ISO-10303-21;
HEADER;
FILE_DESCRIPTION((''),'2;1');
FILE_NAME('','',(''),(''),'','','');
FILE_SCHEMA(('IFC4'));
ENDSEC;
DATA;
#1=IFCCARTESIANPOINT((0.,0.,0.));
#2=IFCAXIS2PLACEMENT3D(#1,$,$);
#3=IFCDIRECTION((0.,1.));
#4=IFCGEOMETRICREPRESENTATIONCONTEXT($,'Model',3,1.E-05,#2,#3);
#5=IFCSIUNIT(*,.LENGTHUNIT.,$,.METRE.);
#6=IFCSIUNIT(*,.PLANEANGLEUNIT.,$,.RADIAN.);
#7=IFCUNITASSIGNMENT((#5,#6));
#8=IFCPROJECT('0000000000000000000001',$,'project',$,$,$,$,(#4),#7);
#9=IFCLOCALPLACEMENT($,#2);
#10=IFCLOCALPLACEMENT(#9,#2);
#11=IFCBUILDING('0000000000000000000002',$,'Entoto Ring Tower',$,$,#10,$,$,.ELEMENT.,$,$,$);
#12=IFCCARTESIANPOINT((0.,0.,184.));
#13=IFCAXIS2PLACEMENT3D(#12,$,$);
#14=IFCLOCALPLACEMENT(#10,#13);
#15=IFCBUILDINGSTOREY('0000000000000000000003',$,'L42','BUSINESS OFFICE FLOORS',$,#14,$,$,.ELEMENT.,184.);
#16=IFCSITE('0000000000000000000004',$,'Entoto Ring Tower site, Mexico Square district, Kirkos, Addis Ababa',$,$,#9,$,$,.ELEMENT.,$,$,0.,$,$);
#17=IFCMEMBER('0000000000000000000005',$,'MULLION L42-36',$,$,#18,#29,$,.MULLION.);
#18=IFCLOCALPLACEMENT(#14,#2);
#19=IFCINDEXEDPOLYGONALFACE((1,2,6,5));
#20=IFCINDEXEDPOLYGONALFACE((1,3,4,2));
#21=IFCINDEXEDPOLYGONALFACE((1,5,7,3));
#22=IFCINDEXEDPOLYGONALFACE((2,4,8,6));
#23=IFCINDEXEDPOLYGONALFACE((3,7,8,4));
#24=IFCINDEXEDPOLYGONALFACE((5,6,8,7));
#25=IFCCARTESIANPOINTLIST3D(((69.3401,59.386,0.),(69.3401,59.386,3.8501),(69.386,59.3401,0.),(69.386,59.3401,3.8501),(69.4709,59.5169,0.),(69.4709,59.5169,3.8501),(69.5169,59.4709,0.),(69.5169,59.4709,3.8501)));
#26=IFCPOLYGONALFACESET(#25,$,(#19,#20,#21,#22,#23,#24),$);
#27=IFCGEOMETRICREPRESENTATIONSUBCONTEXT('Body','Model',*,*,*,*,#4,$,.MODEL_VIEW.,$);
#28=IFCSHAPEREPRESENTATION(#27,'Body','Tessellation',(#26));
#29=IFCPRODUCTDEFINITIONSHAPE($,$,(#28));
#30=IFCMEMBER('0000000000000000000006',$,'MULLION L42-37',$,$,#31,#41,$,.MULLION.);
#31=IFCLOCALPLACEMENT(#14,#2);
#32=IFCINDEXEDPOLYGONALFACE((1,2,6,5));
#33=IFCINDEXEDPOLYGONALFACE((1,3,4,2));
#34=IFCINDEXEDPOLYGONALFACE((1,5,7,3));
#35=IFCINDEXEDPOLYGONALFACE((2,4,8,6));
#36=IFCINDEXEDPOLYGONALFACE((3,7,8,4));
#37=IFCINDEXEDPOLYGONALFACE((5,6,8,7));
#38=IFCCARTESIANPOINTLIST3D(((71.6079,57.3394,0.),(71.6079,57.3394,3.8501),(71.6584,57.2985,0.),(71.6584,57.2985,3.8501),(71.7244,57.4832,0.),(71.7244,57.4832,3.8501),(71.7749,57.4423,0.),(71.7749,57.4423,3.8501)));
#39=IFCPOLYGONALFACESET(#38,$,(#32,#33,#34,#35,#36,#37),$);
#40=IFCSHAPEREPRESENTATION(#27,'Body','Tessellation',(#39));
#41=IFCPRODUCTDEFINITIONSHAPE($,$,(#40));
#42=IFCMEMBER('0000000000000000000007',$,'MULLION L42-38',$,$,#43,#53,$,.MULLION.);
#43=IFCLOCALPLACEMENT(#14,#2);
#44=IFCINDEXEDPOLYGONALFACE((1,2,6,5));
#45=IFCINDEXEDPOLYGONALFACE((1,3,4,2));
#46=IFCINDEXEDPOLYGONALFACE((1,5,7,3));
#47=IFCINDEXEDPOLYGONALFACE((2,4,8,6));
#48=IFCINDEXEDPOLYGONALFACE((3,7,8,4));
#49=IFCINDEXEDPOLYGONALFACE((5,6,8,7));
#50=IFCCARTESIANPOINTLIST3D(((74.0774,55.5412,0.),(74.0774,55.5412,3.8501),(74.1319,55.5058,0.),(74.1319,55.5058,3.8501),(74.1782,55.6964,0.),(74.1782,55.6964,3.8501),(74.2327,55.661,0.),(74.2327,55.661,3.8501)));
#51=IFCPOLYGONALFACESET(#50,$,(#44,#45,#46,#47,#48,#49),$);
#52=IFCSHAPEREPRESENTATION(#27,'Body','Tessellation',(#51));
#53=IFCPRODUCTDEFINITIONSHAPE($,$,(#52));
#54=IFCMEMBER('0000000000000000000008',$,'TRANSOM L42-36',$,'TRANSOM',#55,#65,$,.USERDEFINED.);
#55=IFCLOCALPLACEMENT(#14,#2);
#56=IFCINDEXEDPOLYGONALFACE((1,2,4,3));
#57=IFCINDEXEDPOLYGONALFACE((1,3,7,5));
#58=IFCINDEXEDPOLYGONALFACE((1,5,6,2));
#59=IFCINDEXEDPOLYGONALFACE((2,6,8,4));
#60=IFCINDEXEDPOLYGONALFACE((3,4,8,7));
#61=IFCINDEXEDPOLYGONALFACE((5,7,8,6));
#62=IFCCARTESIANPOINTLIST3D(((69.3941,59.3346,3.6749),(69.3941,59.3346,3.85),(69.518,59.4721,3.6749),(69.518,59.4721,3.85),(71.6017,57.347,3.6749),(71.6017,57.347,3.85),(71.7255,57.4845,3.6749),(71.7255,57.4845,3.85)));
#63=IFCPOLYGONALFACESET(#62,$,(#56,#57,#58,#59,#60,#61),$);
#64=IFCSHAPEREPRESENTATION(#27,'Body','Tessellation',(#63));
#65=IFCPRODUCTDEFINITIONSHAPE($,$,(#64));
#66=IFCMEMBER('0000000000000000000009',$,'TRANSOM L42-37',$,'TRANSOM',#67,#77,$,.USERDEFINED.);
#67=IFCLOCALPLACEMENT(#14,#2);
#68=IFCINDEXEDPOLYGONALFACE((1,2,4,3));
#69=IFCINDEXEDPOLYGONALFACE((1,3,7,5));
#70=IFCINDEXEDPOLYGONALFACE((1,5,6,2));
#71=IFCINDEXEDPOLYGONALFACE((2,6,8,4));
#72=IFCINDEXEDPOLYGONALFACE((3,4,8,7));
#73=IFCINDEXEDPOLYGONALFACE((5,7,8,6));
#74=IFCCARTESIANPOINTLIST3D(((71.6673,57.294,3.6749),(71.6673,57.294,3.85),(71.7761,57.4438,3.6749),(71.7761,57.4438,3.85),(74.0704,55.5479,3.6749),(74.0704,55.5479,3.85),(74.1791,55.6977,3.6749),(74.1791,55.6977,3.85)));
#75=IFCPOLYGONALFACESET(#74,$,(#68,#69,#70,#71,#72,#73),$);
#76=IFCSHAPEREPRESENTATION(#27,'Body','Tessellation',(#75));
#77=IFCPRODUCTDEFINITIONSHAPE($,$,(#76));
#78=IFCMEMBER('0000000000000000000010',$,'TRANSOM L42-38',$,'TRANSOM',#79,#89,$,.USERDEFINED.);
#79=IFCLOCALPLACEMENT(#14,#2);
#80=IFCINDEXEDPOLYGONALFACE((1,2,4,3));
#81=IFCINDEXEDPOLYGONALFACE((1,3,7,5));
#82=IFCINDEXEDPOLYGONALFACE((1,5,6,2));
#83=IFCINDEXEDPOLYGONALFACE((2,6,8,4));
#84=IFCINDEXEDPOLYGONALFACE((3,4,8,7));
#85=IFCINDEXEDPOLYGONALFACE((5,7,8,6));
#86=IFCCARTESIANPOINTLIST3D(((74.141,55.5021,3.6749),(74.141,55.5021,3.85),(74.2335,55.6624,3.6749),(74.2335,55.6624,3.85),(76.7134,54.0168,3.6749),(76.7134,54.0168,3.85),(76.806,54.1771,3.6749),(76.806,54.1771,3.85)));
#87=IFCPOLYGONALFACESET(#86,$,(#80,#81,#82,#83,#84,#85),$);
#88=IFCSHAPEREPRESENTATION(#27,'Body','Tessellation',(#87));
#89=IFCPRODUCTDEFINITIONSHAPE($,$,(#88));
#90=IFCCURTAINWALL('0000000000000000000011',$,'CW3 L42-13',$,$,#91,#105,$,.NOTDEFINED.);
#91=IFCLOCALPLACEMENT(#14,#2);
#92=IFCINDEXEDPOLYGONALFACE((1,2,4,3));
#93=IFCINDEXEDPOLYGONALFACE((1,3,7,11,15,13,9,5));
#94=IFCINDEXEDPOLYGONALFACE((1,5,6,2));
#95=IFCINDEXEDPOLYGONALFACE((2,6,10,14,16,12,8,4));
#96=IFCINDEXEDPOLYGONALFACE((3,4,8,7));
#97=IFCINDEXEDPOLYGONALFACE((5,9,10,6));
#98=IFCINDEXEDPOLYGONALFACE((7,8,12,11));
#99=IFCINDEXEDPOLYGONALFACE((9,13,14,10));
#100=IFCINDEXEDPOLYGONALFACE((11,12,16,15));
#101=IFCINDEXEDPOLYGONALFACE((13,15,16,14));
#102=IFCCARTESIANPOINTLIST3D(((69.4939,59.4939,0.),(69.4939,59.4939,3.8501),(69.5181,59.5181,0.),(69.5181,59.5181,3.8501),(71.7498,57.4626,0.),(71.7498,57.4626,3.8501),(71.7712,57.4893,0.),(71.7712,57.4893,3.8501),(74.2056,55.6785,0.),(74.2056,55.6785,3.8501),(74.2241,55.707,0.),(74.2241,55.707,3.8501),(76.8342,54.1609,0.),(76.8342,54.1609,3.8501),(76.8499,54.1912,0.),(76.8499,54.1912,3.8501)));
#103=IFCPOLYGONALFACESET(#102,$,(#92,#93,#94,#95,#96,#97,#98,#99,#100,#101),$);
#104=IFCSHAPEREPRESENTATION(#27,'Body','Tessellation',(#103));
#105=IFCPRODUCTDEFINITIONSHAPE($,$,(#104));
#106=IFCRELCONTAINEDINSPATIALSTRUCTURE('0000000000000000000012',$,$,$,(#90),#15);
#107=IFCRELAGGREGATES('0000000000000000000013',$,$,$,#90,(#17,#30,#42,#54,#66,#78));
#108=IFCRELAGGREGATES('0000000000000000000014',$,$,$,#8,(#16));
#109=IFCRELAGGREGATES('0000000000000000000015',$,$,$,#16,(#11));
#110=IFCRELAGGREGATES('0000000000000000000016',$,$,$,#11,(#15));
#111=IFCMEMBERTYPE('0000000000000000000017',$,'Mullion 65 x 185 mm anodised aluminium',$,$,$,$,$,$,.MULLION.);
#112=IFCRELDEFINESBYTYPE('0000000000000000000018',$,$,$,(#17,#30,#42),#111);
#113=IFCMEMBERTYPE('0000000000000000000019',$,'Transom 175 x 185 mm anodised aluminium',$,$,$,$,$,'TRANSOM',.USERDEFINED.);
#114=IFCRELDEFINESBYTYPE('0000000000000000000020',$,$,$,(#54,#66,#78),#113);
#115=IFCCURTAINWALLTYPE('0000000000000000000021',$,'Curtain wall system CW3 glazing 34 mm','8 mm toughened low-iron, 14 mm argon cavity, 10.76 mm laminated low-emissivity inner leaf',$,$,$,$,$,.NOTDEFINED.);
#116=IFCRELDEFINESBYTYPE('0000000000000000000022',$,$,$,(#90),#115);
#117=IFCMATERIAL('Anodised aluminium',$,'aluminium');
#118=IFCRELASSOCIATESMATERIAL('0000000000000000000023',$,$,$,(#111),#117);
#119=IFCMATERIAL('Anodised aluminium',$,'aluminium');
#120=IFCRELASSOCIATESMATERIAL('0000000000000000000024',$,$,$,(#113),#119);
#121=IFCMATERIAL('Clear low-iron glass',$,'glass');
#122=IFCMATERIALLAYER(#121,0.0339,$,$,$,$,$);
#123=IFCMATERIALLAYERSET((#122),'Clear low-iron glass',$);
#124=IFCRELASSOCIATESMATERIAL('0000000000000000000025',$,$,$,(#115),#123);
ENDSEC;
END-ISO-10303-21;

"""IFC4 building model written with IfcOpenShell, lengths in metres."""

from ifc_helpers import new_model, si_unit, direction, frame, origin, origin_2d, place, context, subcontext, project, spatial, polyline, rectangle, outline, extrude, material, layer, layer_set, material_profile, profile_set, type_object, element, aggregate, save


model = new_model("IFC4")

# Units and contexts
model_context = context("Model", 3, precision=1e-05, world=origin(), true_north=direction((0.0, 1.0)))
body_context = subcontext(model_context, "Body", "Model", "MODEL_VIEW")
ifc_project = project(units=[si_unit("LENGTHUNIT", "METRE"), si_unit("PLANEANGLEUNIT", "RADIAN")], contexts=[model_context])

# Members
ifc_material_1 = material(Name="Anodised aluminium", Category="aluminium")
ifc_material_profile_1 = material_profile(ifc_material_1, rectangle(XDim=0.0649, YDim=0.1851, at=origin_2d()), Name="Mullion 65 x 185 mm anodised aluminium")
ifc_profile_set_1 = profile_set([ifc_material_profile_1], Name="Anodised aluminium")
member_type_1 = type_object("IfcMemberType", Name="Mullion 65 x 185 mm anodised aluminium", PredefinedType="MULLION", material=ifc_profile_set_1)
site_placement = place(None, origin())
building_placement = place(site_placement, origin())
storey_placement = place(building_placement, frame((0.0, 0.0, 184.0)))
member_1_placement = place(storey_placement, frame((69.4285, 59.4285, 0.0), z_axis=(0.0, 0.0, 1.0), x_axis=(0.707107, -0.707107, 0.0)))
member_1 = element("IfcMember", 1, at=member_1_placement, type_object=member_type_1, Name="MULLION L42-36", PredefinedType="MULLION", context=body_context, shape_type="SweptSolid", body=[
    extrude(rectangle(XDim=0.0649, YDim=0.1851, at=origin_2d()), origin(), (0.0, 0.0, 1.0), 3.8501),
])
member_2_placement = place(storey_placement, frame((71.6914, 57.3909, 0.0), z_axis=(0.0, 0.0, 1.0), x_axis=(0.777146, -0.62932, 0.0)))
member_2 = element("IfcMember", 2, at=member_2_placement, type_object=member_type_1, Name="MULLION L42-37", PredefinedType="MULLION", context=body_context, shape_type="SweptSolid", body=[
    extrude(rectangle(XDim=0.0649, YDim=0.1851, at=origin_2d()), origin(), (0.0, 0.0, 1.0), 3.8501),
])
member_3_placement = place(storey_placement, frame((74.155, 55.6011, 0.0), z_axis=(0.0, 0.0, 1.0), x_axis=(0.838671, -0.544639, 0.0)))
member_3 = element("IfcMember", 3, at=member_3_placement, type_object=member_type_1, Name="MULLION L42-38", PredefinedType="MULLION", context=body_context, shape_type="SweptSolid", body=[
    extrude(rectangle(XDim=0.0649, YDim=0.1851, at=origin_2d()), origin(), (0.0, 0.0, 1.0), 3.8501),
])
ifc_material_2 = material(Name="Anodised aluminium", Category="aluminium")
ifc_material_profile_2 = material_profile(ifc_material_2, rectangle(XDim=0.1851, YDim=0.175, at=origin_2d()), Name="Transom 175 x 185 mm anodised aluminium")
ifc_profile_set_2 = profile_set([ifc_material_profile_2], Name="Anodised aluminium")
member_type_2 = type_object("IfcMemberType", Name="Transom 175 x 185 mm anodised aluminium", ElementType="TRANSOM", PredefinedType="USERDEFINED", material=ifc_profile_set_2)
member_4_placement = place(storey_placement, frame((69.4561, 59.4033, 3.7625), z_axis=(0.743163, -0.66911, 0.0), x_axis=(0.66911, 0.743163, 0.0)))
member_4 = element("IfcMember", 4, at=member_4_placement, type_object=member_type_2, Name="TRANSOM L42-36", ObjectType="TRANSOM", PredefinedType="USERDEFINED", context=body_context, shape_type="SweptSolid", body=[
    extrude(rectangle(XDim=0.1851, YDim=0.175, at=origin_2d()), origin(), (0.0, 0.0, 1.0), 2.9705),
])
member_5_placement = place(storey_placement, frame((71.7217, 57.3689, 3.7625), z_axis=(0.808992, -0.58782, 0.0), x_axis=(0.58782, 0.808992, 0.0)))
member_5 = element("IfcMember", 5, at=member_5_placement, type_object=member_type_2, Name="TRANSOM L42-37", ObjectType="TRANSOM", PredefinedType="USERDEFINED", context=body_context, shape_type="SweptSolid", body=[
    extrude(rectangle(XDim=0.1851, YDim=0.175, at=origin_2d()), origin(), (0.0, 0.0, 1.0), 2.9705),
])
member_6_placement = place(storey_placement, frame((74.1873, 55.5823, 3.7625), z_axis=(0.866009, -0.500028, 0.0), x_axis=(0.500028, 0.866009, 0.0)))
member_6 = element("IfcMember", 6, at=member_6_placement, type_object=member_type_2, Name="TRANSOM L42-38", ObjectType="TRANSOM", PredefinedType="USERDEFINED", context=body_context, shape_type="SweptSolid", body=[
    extrude(rectangle(XDim=0.1851, YDim=0.175, at=origin_2d()), origin(), (0.0, 0.0, 1.0), 2.9705),
])

# Site, building, storey
site = spatial("IfcSite", under=ifc_project, at=site_placement, Name="Entoto Ring Tower site, Mexico Square district, Kirkos, Addis Ababa", CompositionType="ELEMENT", RefElevation=0.0)
building = spatial("IfcBuilding", under=site, at=building_placement, Name="Entoto Ring Tower", CompositionType="ELEMENT")
storey = spatial("IfcBuildingStorey", under=building, at=storey_placement, Name="L42", Description="BUSINESS OFFICE FLOORS", CompositionType="ELEMENT", Elevation=184.0)

# Curtain wall
ifc_material_3 = material(Name="Clear low-iron glass", Category="glass")
ifc_layer = layer(ifc_material_3, 0.0339)
ifc_layer_set = layer_set([ifc_layer], Name="Clear low-iron glass")
curtain_wall_type = type_object("IfcCurtainWallType", Name="Curtain wall system CW3 glazing 34 mm", Description="8 mm toughened low-iron, 14 mm argon cavity, 10.76 mm laminated low-emissivity inner leaf", PredefinedType="NOTDEFINED", material=ifc_layer_set)
curtain_wall_1_placement = place(storey_placement, origin())
curtain_wall_1 = element("IfcCurtainWall", 7, at=curtain_wall_1_placement, inside=storey, type_object=curtain_wall_type, Name="CW3 L42-13", PredefinedType="NOTDEFINED", context=body_context, shape_type="SweptSolid", body=[
    extrude(outline(polyline([(69.4939, 59.4939), (71.7498, 57.4626), (74.2056, 55.6785), (76.8342, 54.1609), (76.8499, 54.1912), (74.2241, 55.707), (71.7712, 57.4893), (69.5181, 59.5181), (69.4939, 59.4939)])), origin(), (0.0, 0.0, 1.0), 3.8501),
])
aggregate(curtain_wall_1, [member_1, member_2, member_3, member_4, member_5, member_6])

save(model, "model.ifc")
